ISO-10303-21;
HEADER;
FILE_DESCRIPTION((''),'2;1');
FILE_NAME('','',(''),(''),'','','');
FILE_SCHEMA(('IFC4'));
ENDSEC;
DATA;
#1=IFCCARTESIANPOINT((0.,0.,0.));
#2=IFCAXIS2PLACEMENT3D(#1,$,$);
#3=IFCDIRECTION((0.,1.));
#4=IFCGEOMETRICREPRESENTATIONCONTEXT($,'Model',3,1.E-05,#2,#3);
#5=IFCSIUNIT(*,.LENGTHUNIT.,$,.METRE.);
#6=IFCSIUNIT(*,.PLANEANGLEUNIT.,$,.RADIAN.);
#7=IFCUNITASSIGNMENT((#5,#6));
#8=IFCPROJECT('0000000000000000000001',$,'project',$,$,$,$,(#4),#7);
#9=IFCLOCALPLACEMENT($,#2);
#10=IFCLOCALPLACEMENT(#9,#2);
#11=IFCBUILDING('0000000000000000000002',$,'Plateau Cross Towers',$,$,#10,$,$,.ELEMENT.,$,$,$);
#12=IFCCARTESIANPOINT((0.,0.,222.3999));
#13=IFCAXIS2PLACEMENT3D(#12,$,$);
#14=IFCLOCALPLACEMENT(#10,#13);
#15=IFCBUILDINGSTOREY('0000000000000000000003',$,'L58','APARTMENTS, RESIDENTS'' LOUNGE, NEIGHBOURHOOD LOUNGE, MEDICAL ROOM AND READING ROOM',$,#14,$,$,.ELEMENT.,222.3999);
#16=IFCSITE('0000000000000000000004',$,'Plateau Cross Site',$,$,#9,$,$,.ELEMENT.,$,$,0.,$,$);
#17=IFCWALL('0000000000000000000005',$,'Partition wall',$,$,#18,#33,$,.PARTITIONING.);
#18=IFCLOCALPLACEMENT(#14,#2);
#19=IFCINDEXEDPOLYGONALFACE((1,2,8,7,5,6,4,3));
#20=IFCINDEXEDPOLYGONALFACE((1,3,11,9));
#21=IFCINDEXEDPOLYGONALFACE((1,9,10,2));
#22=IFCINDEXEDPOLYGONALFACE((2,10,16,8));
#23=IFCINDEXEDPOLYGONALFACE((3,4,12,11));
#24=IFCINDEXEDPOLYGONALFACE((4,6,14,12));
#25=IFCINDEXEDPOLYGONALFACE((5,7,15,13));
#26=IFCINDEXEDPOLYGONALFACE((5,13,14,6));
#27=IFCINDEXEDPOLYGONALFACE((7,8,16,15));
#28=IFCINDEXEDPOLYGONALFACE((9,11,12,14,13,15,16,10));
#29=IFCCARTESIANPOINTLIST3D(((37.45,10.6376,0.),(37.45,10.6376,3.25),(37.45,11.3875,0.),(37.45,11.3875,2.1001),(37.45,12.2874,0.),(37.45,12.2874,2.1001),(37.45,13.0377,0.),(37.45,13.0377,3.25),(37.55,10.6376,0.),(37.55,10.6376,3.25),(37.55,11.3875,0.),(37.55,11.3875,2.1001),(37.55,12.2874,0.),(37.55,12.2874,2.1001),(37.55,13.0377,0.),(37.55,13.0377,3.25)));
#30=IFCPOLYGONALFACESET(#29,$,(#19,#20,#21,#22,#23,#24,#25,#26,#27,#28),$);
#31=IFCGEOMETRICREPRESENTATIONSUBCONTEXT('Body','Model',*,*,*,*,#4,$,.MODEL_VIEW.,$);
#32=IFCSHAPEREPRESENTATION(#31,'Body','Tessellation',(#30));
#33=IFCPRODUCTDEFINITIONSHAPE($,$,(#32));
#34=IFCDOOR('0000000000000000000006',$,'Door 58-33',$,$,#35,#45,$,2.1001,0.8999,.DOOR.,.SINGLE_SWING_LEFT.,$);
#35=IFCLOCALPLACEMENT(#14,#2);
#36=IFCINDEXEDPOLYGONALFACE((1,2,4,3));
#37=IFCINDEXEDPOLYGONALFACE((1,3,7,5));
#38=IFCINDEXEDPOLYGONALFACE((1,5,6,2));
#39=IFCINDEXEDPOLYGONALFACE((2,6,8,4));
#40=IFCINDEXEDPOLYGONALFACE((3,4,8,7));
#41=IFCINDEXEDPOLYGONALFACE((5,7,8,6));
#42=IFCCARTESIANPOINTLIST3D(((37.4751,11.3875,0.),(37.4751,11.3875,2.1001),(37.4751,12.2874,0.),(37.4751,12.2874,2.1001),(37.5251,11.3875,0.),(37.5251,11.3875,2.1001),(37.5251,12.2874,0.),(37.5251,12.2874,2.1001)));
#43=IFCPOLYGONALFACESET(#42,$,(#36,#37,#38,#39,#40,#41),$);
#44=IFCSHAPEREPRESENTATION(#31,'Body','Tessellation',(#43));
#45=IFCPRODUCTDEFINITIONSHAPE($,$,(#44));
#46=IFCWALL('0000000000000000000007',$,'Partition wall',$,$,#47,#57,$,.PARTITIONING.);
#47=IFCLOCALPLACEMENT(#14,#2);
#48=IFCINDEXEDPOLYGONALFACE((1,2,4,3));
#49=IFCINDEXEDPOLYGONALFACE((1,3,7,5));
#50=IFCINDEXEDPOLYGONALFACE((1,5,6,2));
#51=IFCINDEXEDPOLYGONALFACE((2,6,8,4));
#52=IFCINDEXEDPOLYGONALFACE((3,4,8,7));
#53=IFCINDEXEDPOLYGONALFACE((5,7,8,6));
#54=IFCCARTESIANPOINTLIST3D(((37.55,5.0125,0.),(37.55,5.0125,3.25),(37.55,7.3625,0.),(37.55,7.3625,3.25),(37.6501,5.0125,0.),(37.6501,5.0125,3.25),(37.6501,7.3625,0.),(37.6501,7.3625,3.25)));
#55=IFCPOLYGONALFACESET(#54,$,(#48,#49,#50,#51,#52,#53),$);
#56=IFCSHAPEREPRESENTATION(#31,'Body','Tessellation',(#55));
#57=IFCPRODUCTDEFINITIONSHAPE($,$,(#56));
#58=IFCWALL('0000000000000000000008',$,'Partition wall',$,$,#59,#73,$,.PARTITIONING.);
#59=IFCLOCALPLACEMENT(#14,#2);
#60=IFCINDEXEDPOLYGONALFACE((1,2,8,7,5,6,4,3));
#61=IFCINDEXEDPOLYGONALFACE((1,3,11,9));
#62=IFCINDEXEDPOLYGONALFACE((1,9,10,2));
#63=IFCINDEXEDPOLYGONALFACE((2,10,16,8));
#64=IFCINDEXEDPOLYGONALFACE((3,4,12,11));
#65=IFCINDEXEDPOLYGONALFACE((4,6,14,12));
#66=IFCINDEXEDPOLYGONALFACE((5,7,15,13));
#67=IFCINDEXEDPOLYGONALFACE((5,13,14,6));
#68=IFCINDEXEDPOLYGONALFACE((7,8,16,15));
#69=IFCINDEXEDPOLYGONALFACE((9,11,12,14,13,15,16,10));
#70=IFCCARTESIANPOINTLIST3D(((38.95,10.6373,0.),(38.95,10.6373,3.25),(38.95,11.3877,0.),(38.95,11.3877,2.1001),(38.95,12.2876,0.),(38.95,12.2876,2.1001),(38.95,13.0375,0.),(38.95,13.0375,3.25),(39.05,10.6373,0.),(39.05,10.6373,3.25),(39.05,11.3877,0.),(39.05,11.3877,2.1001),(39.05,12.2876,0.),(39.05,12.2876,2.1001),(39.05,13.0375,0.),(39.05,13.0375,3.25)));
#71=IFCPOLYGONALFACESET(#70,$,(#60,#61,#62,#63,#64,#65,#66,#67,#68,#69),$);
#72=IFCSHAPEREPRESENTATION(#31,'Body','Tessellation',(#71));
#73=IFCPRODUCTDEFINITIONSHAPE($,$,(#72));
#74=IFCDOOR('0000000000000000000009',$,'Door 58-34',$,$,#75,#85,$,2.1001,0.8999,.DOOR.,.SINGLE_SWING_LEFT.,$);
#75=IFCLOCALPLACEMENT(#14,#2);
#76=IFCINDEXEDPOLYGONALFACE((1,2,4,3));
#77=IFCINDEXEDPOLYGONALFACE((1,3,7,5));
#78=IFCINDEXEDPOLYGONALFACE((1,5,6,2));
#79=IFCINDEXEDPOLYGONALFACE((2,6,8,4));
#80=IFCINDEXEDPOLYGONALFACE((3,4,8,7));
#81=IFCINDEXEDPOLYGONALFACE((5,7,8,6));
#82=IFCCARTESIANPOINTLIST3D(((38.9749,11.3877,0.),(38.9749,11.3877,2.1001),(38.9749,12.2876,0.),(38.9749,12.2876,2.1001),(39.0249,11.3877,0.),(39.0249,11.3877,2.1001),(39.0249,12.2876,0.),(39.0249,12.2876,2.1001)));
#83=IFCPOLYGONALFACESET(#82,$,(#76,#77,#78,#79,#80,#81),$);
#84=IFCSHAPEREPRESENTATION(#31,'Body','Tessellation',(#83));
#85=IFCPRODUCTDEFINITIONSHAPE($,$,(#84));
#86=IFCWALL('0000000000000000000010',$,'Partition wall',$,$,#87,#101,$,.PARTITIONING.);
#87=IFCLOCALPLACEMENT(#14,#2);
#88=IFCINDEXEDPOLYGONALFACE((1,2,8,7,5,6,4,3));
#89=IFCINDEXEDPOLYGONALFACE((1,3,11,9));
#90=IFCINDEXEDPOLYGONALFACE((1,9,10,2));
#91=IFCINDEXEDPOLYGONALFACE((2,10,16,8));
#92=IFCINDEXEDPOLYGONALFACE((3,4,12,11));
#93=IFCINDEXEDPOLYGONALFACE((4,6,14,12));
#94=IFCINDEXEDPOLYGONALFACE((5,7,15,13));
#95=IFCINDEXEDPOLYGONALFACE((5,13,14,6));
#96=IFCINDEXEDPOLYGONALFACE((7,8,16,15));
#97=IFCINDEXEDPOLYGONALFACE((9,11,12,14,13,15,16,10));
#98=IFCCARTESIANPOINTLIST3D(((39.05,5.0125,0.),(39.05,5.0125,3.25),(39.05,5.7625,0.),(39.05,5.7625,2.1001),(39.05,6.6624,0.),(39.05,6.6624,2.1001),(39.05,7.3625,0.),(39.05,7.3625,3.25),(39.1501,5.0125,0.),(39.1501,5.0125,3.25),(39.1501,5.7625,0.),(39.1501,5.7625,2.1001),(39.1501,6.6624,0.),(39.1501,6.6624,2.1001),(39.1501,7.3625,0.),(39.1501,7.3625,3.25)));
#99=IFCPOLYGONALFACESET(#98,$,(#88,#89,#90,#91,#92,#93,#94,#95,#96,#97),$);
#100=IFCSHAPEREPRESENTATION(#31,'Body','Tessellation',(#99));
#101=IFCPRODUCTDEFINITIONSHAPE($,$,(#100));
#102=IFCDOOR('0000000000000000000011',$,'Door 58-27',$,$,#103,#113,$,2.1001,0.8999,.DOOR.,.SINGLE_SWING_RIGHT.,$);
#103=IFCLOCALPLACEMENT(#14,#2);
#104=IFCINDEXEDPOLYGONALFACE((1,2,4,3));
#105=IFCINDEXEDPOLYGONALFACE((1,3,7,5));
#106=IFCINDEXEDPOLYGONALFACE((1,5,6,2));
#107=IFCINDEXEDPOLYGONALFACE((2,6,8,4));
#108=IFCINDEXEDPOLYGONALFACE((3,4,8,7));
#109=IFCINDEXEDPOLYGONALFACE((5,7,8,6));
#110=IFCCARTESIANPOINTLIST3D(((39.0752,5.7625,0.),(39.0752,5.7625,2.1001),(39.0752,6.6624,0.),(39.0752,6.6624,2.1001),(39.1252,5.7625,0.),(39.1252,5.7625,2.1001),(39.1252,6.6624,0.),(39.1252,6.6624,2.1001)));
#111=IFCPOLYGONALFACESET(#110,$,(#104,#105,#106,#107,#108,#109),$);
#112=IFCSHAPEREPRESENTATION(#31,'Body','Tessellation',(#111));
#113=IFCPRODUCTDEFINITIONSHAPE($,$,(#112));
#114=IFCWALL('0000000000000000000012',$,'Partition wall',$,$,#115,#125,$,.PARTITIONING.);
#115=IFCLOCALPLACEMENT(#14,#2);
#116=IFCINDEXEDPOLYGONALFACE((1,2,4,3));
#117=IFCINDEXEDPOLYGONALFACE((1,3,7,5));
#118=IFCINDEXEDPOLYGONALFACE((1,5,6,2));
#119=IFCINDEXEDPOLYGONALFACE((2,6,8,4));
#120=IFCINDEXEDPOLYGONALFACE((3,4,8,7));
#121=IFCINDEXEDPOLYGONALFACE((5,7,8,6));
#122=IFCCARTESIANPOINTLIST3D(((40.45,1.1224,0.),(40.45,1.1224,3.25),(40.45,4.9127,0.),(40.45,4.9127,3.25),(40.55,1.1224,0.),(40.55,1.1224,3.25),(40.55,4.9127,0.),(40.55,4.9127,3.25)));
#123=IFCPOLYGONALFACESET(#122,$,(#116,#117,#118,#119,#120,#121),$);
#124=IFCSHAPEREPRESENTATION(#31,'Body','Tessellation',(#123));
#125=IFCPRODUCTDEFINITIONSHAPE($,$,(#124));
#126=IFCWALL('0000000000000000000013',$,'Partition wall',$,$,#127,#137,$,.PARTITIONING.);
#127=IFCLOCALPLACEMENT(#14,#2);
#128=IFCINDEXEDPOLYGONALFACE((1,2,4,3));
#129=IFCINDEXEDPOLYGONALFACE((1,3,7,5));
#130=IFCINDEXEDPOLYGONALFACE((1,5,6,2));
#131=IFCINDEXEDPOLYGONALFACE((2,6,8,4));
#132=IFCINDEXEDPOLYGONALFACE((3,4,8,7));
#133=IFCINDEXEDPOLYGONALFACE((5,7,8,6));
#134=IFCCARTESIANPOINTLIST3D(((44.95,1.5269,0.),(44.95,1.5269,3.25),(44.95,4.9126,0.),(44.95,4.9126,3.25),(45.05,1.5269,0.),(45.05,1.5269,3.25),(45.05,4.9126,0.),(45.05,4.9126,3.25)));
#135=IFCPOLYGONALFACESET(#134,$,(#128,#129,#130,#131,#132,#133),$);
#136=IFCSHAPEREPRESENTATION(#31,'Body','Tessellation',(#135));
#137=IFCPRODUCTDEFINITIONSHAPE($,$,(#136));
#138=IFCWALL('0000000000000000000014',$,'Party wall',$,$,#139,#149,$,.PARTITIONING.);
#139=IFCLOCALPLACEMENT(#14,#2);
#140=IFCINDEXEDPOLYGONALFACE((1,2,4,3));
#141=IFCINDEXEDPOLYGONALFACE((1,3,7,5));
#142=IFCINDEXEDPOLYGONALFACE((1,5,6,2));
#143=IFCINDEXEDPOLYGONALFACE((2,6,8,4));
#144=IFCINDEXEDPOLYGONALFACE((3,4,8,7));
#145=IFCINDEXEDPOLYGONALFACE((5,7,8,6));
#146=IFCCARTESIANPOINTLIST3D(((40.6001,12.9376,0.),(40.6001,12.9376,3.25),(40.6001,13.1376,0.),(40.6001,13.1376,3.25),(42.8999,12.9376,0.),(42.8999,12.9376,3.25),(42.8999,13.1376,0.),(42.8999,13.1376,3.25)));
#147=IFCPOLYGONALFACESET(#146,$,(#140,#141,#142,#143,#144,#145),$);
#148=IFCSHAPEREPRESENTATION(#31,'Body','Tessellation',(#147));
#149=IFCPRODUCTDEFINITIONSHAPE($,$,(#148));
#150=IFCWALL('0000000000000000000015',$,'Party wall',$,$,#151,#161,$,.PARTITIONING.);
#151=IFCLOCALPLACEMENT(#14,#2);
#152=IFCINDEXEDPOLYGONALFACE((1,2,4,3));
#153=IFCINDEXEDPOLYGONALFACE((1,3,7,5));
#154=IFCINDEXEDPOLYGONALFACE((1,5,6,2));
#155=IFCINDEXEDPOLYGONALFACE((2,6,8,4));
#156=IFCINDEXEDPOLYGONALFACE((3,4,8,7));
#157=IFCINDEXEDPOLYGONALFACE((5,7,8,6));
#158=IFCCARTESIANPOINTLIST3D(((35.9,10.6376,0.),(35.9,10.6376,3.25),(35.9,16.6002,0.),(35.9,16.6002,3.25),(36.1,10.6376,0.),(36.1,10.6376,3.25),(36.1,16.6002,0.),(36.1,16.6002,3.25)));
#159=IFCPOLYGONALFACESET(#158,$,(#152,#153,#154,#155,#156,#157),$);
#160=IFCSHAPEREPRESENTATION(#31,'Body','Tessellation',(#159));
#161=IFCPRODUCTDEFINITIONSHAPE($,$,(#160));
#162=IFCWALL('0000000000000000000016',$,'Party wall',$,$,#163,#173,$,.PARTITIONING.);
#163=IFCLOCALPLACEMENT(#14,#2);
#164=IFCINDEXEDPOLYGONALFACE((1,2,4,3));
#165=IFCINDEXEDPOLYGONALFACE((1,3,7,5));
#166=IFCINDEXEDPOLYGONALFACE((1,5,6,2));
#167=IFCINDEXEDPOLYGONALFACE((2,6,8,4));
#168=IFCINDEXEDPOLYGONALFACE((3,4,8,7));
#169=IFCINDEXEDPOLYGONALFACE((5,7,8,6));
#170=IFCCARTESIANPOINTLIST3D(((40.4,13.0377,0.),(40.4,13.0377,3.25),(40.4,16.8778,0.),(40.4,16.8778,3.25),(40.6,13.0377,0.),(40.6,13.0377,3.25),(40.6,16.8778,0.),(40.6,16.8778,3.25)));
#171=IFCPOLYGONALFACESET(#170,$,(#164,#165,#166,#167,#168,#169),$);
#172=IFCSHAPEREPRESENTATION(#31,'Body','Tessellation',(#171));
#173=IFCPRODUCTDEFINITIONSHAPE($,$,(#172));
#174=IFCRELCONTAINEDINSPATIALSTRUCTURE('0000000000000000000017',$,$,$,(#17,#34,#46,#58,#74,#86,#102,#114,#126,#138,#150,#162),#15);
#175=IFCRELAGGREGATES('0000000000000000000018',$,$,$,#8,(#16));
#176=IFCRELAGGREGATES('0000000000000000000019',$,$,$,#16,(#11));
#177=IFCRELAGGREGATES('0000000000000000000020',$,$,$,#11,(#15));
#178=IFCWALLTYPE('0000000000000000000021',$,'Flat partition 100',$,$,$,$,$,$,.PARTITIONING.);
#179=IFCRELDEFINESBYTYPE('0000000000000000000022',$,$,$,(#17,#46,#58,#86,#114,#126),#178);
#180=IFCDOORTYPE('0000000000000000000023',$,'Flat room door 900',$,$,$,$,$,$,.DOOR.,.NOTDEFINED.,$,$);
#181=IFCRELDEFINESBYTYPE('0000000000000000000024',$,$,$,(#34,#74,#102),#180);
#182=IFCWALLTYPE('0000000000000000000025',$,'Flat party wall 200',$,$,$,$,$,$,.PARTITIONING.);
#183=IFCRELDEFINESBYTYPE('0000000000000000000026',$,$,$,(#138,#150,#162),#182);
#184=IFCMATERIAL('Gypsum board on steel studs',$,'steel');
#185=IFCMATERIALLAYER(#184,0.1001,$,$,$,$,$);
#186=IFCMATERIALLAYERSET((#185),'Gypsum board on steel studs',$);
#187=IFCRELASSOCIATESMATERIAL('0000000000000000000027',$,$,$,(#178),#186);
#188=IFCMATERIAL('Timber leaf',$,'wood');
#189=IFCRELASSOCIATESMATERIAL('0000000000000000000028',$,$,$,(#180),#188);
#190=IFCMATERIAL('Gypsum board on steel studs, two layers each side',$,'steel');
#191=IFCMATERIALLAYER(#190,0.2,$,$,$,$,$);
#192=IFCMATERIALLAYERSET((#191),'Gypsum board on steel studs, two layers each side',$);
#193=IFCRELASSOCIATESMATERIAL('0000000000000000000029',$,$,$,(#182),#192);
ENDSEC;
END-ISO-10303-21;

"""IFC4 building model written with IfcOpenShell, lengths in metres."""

from ifc_helpers import new_model, si_unit, direction, frame, frame_2d, origin, place, context, subcontext, project, spatial, rectangle, extrude, material, layer, layer_set, type_object, element, fill, save


model = new_model("IFC4")

# Units and contexts
model_context = context("Model", 3, precision=1e-05, world=origin(), true_north=direction((0.0, 1.0)))
body_context = subcontext(model_context, "Body", "Model", "MODEL_VIEW")
ifc_project = project(units=[si_unit("LENGTHUNIT", "METRE"), si_unit("PLANEANGLEUNIT", "RADIAN")], contexts=[model_context])

# Site, building, storey
site_placement = place(None, origin())
site = spatial("IfcSite", under=ifc_project, at=site_placement, Name="Plateau Cross Site", CompositionType="ELEMENT", RefElevation=0.0)
building_placement = place(site_placement, origin())
building = spatial("IfcBuilding", under=site, at=building_placement, Name="Plateau Cross Towers", CompositionType="ELEMENT")
storey_placement = place(building_placement, frame((0.0, 0.0, 222.3999)))
storey = spatial("IfcBuildingStorey", under=building, at=storey_placement, Name="L58", Description="APARTMENTS, RESIDENTS' LOUNGE, NEIGHBOURHOOD LOUNGE, MEDICAL ROOM AND READING ROOM", CompositionType="ELEMENT", Elevation=222.3999)

# Shared definitions
ifc_material_1 = material(Name="Gypsum board on steel studs", Category="steel")
ifc_layer_1 = layer(ifc_material_1, 0.1001)
ifc_layer_set_1 = layer_set([ifc_layer_1], Name="Gypsum board on steel studs")
wall_type_1 = type_object("IfcWallType", Name="Flat partition 100", PredefinedType="PARTITIONING", material=ifc_layer_set_1)
ifc_material_2 = material(Name="Timber leaf", Category="wood")
door_type = type_object("IfcDoorType", Name="Flat room door 900", OperationType="NOTDEFINED", PredefinedType="DOOR", material=ifc_material_2)

# Wall, opening, door
wall_1_placement = place(storey_placement, frame((37.5, 10.6375, 0.0), z_axis=(0.0, 0.0, 1.0), x_axis=(0.0, 1.0, 0.0)))
wall_1 = element("IfcWall", 1, at=wall_1_placement, inside=storey, type_object=wall_type_1, Name="Partition wall", PredefinedType="PARTITIONING", context=body_context, shape_type="SweptSolid", body=[
    extrude(rectangle(XDim=2.4001, YDim=0.1001, at=frame_2d((1.2002, 0.0))), origin(), (0.0, 0.0, 1.0), 3.25),
])
opening_1_placement = place(wall_1_placement, frame((0.75, 0.0, 0.0)))
opening_1 = element("IfcOpeningElement", 2, at=opening_1_placement, cuts=wall_1, PredefinedType="OPENING", context=body_context, shape_type="SweptSolid", body=[
    extrude(rectangle(XDim=0.8999, YDim=2.1001, at=frame_2d((0.45, 1.05))), frame((0.0, 0.0601, 0.0), z_axis=(0.0, -1.0, 0.0), x_axis=(1.0, 0.0, 0.0)), (0.0, 0.0, 1.0), 0.1201),
])
door_1_placement = place(opening_1_placement, origin())
door_1 = element("IfcDoor", 3, at=door_1_placement, inside=storey, type_object=door_type, Name="Door 58-33", OperationType="SINGLE_SWING_LEFT", OverallHeight=2.1001, OverallWidth=0.8999, PredefinedType="DOOR", context=body_context, shape_type="SweptSolid", body=[
    extrude(rectangle(XDim=0.8999, YDim=2.1001, at=frame_2d((0.45, 1.05))), frame((0.0, 0.0249, 0.0), z_axis=(0.0, -1.0, 0.0), x_axis=(1.0, 0.0, 0.0)), (0.0, 0.0, 1.0), 0.05),
])
fill(opening_1, door_1)

# Wall
wall_2_placement = place(storey_placement, frame((37.6001, 5.0125, 0.0), z_axis=(0.0, 0.0, 1.0), x_axis=(0.0, 1.0, 0.0)))
element("IfcWall", 4, at=wall_2_placement, inside=storey, type_object=wall_type_1, Name="Partition wall", PredefinedType="PARTITIONING", context=body_context, shape_type="SweptSolid", body=[
    extrude(rectangle(XDim=2.3501, YDim=0.1001, at=frame_2d((1.175, 0.0))), origin(), (0.0, 0.0, 1.0), 3.25),
])

# Walls, openings, doors
wall_3_placement = place(storey_placement, frame((39.0, 13.0376, 0.0), z_axis=(0.0, 0.0, 1.0), x_axis=(0.0, -1.0, 0.0)))
wall_3 = element("IfcWall", 5, at=wall_3_placement, inside=storey, type_object=wall_type_1, Name="Partition wall", PredefinedType="PARTITIONING", context=body_context, shape_type="SweptSolid", body=[
    extrude(rectangle(XDim=2.4001, YDim=0.1001, at=frame_2d((1.2002, 0.0))), origin(), (0.0, 0.0, 1.0), 3.25),
])
opening_2_placement = place(wall_3_placement, frame((0.75, 0.0, 0.0)))
opening_2 = element("IfcOpeningElement", 6, at=opening_2_placement, cuts=wall_3, PredefinedType="OPENING", context=body_context, shape_type="SweptSolid", body=[
    extrude(rectangle(XDim=0.8999, YDim=2.1001, at=frame_2d((0.45, 1.05))), frame((0.0, 0.0601, 0.0), z_axis=(0.0, -1.0, 0.0), x_axis=(1.0, 0.0, 0.0)), (0.0, 0.0, 1.0), 0.1201),
])
door_2_placement = place(opening_2_placement, origin())
door_2 = element("IfcDoor", 7, at=door_2_placement, inside=storey, type_object=door_type, Name="Door 58-34", OperationType="SINGLE_SWING_LEFT", OverallHeight=2.1001, OverallWidth=0.8999, PredefinedType="DOOR", context=body_context, shape_type="SweptSolid", body=[
    extrude(rectangle(XDim=0.8999, YDim=2.1001, at=frame_2d((0.45, 1.05))), frame((0.0, 0.0249, 0.0), z_axis=(0.0, -1.0, 0.0), x_axis=(1.0, 0.0, 0.0)), (0.0, 0.0, 1.0), 0.05),
])
fill(opening_2, door_2)
wall_4_placement = place(storey_placement, frame((39.1001, 5.0125, 0.0), z_axis=(0.0, 0.0, 1.0), x_axis=(0.0, 1.0, 0.0)))
wall_4 = element("IfcWall", 8, at=wall_4_placement, inside=storey, type_object=wall_type_1, Name="Partition wall", PredefinedType="PARTITIONING", context=body_context, shape_type="SweptSolid", body=[
    extrude(rectangle(XDim=2.3501, YDim=0.1001, at=frame_2d((1.175, 0.0))), origin(), (0.0, 0.0, 1.0), 3.25),
])
opening_3_placement = place(wall_4_placement, frame((0.75, 0.0, 0.0)))
opening_3 = element("IfcOpeningElement", 9, at=opening_3_placement, cuts=wall_4, PredefinedType="OPENING", context=body_context, shape_type="SweptSolid", body=[
    extrude(rectangle(XDim=0.8999, YDim=2.1001, at=frame_2d((0.45, 1.05))), frame((0.0, 0.0601, 0.0), z_axis=(0.0, -1.0, 0.0), x_axis=(1.0, 0.0, 0.0)), (0.0, 0.0, 1.0), 0.1201),
])
door_3_placement = place(opening_3_placement, origin())
door_3 = element("IfcDoor", 10, at=door_3_placement, inside=storey, type_object=door_type, Name="Door 58-27", OperationType="SINGLE_SWING_RIGHT", OverallHeight=2.1001, OverallWidth=0.8999, PredefinedType="DOOR", context=body_context, shape_type="SweptSolid", body=[
    extrude(rectangle(XDim=0.8999, YDim=2.1001, at=frame_2d((0.45, 1.05))), frame((0.0, 0.0249, 0.0), z_axis=(0.0, -1.0, 0.0), x_axis=(1.0, 0.0, 0.0)), (0.0, 0.0, 1.0), 0.05),
])
fill(opening_3, door_3)

# Walls
wall_5_placement = place(storey_placement, frame((40.5, 4.9126, 0.0), z_axis=(0.0, 0.0, 1.0), x_axis=(0.0, -1.0, 0.0)))
element("IfcWall", 11, at=wall_5_placement, inside=storey, type_object=wall_type_1, Name="Partition wall", PredefinedType="PARTITIONING", context=body_context, shape_type="SweptSolid", body=[
    extrude(rectangle(XDim=3.7903, YDim=0.1001, at=frame_2d((1.895, 0.0))), origin(), (0.0, 0.0, 1.0), 3.25),
])
wall_6_placement = place(storey_placement, frame((45.0, 1.5269, 0.0), z_axis=(0.0, 0.0, 1.0), x_axis=(0.0, 1.0, 0.0)))
element("IfcWall", 12, at=wall_6_placement, inside=storey, type_object=wall_type_1, Name="Partition wall", PredefinedType="PARTITIONING", context=body_context, shape_type="SweptSolid", body=[
    extrude(rectangle(XDim=3.3857, YDim=0.1001, at=frame_2d((1.6929, 0.0))), origin(), (0.0, 0.0, 1.0), 3.25),
])
ifc_material_3 = material(Name="Gypsum board on steel studs, two layers each side", Category="steel")
ifc_layer_2 = layer(ifc_material_3, 0.2)
ifc_layer_set_2 = layer_set([ifc_layer_2], Name="Gypsum board on steel studs, two layers each side")
wall_type_2 = type_object("IfcWallType", Name="Flat party wall 200", PredefinedType="PARTITIONING", material=ifc_layer_set_2)
wall_7_placement = place(storey_placement, frame((42.8999, 13.0376, 0.0), z_axis=(0.0, 0.0, 1.0), x_axis=(-1.0, 0.0, 0.0)))
element("IfcWall", 13, at=wall_7_placement, inside=storey, type_object=wall_type_2, Name="Party wall", PredefinedType="PARTITIONING", context=body_context, shape_type="SweptSolid", body=[
    extrude(rectangle(XDim=2.2998, YDim=0.2, at=frame_2d((1.1499, 0.0))), origin(), (0.0, 0.0, 1.0), 3.25),
])
wall_8_placement = place(storey_placement, frame((36.0, 10.6375, 0.0), z_axis=(0.0, 0.0, 1.0), x_axis=(0.0, 1.0, 0.0)))
element("IfcWall", 14, at=wall_8_placement, inside=storey, type_object=wall_type_2, Name="Party wall", PredefinedType="PARTITIONING", context=body_context, shape_type="SweptSolid", body=[
    extrude(rectangle(XDim=5.9626, YDim=0.2, at=frame_2d((2.9814, 0.0))), origin(), (0.0, 0.0, 1.0), 3.25),
])
wall_9_placement = place(storey_placement, frame((40.5, 16.8777, 0.0), z_axis=(0.0, 0.0, 1.0), x_axis=(0.0, -1.0, 0.0)))
element("IfcWall", 15, at=wall_9_placement, inside=storey, type_object=wall_type_2, Name="Party wall", PredefinedType="PARTITIONING", context=body_context, shape_type="SweptSolid", body=[
    extrude(rectangle(XDim=3.8401, YDim=0.2, at=frame_2d((1.9199, 0.0))), origin(), (0.0, 0.0, 1.0), 3.25),
])

save(model, "model.ifc")
